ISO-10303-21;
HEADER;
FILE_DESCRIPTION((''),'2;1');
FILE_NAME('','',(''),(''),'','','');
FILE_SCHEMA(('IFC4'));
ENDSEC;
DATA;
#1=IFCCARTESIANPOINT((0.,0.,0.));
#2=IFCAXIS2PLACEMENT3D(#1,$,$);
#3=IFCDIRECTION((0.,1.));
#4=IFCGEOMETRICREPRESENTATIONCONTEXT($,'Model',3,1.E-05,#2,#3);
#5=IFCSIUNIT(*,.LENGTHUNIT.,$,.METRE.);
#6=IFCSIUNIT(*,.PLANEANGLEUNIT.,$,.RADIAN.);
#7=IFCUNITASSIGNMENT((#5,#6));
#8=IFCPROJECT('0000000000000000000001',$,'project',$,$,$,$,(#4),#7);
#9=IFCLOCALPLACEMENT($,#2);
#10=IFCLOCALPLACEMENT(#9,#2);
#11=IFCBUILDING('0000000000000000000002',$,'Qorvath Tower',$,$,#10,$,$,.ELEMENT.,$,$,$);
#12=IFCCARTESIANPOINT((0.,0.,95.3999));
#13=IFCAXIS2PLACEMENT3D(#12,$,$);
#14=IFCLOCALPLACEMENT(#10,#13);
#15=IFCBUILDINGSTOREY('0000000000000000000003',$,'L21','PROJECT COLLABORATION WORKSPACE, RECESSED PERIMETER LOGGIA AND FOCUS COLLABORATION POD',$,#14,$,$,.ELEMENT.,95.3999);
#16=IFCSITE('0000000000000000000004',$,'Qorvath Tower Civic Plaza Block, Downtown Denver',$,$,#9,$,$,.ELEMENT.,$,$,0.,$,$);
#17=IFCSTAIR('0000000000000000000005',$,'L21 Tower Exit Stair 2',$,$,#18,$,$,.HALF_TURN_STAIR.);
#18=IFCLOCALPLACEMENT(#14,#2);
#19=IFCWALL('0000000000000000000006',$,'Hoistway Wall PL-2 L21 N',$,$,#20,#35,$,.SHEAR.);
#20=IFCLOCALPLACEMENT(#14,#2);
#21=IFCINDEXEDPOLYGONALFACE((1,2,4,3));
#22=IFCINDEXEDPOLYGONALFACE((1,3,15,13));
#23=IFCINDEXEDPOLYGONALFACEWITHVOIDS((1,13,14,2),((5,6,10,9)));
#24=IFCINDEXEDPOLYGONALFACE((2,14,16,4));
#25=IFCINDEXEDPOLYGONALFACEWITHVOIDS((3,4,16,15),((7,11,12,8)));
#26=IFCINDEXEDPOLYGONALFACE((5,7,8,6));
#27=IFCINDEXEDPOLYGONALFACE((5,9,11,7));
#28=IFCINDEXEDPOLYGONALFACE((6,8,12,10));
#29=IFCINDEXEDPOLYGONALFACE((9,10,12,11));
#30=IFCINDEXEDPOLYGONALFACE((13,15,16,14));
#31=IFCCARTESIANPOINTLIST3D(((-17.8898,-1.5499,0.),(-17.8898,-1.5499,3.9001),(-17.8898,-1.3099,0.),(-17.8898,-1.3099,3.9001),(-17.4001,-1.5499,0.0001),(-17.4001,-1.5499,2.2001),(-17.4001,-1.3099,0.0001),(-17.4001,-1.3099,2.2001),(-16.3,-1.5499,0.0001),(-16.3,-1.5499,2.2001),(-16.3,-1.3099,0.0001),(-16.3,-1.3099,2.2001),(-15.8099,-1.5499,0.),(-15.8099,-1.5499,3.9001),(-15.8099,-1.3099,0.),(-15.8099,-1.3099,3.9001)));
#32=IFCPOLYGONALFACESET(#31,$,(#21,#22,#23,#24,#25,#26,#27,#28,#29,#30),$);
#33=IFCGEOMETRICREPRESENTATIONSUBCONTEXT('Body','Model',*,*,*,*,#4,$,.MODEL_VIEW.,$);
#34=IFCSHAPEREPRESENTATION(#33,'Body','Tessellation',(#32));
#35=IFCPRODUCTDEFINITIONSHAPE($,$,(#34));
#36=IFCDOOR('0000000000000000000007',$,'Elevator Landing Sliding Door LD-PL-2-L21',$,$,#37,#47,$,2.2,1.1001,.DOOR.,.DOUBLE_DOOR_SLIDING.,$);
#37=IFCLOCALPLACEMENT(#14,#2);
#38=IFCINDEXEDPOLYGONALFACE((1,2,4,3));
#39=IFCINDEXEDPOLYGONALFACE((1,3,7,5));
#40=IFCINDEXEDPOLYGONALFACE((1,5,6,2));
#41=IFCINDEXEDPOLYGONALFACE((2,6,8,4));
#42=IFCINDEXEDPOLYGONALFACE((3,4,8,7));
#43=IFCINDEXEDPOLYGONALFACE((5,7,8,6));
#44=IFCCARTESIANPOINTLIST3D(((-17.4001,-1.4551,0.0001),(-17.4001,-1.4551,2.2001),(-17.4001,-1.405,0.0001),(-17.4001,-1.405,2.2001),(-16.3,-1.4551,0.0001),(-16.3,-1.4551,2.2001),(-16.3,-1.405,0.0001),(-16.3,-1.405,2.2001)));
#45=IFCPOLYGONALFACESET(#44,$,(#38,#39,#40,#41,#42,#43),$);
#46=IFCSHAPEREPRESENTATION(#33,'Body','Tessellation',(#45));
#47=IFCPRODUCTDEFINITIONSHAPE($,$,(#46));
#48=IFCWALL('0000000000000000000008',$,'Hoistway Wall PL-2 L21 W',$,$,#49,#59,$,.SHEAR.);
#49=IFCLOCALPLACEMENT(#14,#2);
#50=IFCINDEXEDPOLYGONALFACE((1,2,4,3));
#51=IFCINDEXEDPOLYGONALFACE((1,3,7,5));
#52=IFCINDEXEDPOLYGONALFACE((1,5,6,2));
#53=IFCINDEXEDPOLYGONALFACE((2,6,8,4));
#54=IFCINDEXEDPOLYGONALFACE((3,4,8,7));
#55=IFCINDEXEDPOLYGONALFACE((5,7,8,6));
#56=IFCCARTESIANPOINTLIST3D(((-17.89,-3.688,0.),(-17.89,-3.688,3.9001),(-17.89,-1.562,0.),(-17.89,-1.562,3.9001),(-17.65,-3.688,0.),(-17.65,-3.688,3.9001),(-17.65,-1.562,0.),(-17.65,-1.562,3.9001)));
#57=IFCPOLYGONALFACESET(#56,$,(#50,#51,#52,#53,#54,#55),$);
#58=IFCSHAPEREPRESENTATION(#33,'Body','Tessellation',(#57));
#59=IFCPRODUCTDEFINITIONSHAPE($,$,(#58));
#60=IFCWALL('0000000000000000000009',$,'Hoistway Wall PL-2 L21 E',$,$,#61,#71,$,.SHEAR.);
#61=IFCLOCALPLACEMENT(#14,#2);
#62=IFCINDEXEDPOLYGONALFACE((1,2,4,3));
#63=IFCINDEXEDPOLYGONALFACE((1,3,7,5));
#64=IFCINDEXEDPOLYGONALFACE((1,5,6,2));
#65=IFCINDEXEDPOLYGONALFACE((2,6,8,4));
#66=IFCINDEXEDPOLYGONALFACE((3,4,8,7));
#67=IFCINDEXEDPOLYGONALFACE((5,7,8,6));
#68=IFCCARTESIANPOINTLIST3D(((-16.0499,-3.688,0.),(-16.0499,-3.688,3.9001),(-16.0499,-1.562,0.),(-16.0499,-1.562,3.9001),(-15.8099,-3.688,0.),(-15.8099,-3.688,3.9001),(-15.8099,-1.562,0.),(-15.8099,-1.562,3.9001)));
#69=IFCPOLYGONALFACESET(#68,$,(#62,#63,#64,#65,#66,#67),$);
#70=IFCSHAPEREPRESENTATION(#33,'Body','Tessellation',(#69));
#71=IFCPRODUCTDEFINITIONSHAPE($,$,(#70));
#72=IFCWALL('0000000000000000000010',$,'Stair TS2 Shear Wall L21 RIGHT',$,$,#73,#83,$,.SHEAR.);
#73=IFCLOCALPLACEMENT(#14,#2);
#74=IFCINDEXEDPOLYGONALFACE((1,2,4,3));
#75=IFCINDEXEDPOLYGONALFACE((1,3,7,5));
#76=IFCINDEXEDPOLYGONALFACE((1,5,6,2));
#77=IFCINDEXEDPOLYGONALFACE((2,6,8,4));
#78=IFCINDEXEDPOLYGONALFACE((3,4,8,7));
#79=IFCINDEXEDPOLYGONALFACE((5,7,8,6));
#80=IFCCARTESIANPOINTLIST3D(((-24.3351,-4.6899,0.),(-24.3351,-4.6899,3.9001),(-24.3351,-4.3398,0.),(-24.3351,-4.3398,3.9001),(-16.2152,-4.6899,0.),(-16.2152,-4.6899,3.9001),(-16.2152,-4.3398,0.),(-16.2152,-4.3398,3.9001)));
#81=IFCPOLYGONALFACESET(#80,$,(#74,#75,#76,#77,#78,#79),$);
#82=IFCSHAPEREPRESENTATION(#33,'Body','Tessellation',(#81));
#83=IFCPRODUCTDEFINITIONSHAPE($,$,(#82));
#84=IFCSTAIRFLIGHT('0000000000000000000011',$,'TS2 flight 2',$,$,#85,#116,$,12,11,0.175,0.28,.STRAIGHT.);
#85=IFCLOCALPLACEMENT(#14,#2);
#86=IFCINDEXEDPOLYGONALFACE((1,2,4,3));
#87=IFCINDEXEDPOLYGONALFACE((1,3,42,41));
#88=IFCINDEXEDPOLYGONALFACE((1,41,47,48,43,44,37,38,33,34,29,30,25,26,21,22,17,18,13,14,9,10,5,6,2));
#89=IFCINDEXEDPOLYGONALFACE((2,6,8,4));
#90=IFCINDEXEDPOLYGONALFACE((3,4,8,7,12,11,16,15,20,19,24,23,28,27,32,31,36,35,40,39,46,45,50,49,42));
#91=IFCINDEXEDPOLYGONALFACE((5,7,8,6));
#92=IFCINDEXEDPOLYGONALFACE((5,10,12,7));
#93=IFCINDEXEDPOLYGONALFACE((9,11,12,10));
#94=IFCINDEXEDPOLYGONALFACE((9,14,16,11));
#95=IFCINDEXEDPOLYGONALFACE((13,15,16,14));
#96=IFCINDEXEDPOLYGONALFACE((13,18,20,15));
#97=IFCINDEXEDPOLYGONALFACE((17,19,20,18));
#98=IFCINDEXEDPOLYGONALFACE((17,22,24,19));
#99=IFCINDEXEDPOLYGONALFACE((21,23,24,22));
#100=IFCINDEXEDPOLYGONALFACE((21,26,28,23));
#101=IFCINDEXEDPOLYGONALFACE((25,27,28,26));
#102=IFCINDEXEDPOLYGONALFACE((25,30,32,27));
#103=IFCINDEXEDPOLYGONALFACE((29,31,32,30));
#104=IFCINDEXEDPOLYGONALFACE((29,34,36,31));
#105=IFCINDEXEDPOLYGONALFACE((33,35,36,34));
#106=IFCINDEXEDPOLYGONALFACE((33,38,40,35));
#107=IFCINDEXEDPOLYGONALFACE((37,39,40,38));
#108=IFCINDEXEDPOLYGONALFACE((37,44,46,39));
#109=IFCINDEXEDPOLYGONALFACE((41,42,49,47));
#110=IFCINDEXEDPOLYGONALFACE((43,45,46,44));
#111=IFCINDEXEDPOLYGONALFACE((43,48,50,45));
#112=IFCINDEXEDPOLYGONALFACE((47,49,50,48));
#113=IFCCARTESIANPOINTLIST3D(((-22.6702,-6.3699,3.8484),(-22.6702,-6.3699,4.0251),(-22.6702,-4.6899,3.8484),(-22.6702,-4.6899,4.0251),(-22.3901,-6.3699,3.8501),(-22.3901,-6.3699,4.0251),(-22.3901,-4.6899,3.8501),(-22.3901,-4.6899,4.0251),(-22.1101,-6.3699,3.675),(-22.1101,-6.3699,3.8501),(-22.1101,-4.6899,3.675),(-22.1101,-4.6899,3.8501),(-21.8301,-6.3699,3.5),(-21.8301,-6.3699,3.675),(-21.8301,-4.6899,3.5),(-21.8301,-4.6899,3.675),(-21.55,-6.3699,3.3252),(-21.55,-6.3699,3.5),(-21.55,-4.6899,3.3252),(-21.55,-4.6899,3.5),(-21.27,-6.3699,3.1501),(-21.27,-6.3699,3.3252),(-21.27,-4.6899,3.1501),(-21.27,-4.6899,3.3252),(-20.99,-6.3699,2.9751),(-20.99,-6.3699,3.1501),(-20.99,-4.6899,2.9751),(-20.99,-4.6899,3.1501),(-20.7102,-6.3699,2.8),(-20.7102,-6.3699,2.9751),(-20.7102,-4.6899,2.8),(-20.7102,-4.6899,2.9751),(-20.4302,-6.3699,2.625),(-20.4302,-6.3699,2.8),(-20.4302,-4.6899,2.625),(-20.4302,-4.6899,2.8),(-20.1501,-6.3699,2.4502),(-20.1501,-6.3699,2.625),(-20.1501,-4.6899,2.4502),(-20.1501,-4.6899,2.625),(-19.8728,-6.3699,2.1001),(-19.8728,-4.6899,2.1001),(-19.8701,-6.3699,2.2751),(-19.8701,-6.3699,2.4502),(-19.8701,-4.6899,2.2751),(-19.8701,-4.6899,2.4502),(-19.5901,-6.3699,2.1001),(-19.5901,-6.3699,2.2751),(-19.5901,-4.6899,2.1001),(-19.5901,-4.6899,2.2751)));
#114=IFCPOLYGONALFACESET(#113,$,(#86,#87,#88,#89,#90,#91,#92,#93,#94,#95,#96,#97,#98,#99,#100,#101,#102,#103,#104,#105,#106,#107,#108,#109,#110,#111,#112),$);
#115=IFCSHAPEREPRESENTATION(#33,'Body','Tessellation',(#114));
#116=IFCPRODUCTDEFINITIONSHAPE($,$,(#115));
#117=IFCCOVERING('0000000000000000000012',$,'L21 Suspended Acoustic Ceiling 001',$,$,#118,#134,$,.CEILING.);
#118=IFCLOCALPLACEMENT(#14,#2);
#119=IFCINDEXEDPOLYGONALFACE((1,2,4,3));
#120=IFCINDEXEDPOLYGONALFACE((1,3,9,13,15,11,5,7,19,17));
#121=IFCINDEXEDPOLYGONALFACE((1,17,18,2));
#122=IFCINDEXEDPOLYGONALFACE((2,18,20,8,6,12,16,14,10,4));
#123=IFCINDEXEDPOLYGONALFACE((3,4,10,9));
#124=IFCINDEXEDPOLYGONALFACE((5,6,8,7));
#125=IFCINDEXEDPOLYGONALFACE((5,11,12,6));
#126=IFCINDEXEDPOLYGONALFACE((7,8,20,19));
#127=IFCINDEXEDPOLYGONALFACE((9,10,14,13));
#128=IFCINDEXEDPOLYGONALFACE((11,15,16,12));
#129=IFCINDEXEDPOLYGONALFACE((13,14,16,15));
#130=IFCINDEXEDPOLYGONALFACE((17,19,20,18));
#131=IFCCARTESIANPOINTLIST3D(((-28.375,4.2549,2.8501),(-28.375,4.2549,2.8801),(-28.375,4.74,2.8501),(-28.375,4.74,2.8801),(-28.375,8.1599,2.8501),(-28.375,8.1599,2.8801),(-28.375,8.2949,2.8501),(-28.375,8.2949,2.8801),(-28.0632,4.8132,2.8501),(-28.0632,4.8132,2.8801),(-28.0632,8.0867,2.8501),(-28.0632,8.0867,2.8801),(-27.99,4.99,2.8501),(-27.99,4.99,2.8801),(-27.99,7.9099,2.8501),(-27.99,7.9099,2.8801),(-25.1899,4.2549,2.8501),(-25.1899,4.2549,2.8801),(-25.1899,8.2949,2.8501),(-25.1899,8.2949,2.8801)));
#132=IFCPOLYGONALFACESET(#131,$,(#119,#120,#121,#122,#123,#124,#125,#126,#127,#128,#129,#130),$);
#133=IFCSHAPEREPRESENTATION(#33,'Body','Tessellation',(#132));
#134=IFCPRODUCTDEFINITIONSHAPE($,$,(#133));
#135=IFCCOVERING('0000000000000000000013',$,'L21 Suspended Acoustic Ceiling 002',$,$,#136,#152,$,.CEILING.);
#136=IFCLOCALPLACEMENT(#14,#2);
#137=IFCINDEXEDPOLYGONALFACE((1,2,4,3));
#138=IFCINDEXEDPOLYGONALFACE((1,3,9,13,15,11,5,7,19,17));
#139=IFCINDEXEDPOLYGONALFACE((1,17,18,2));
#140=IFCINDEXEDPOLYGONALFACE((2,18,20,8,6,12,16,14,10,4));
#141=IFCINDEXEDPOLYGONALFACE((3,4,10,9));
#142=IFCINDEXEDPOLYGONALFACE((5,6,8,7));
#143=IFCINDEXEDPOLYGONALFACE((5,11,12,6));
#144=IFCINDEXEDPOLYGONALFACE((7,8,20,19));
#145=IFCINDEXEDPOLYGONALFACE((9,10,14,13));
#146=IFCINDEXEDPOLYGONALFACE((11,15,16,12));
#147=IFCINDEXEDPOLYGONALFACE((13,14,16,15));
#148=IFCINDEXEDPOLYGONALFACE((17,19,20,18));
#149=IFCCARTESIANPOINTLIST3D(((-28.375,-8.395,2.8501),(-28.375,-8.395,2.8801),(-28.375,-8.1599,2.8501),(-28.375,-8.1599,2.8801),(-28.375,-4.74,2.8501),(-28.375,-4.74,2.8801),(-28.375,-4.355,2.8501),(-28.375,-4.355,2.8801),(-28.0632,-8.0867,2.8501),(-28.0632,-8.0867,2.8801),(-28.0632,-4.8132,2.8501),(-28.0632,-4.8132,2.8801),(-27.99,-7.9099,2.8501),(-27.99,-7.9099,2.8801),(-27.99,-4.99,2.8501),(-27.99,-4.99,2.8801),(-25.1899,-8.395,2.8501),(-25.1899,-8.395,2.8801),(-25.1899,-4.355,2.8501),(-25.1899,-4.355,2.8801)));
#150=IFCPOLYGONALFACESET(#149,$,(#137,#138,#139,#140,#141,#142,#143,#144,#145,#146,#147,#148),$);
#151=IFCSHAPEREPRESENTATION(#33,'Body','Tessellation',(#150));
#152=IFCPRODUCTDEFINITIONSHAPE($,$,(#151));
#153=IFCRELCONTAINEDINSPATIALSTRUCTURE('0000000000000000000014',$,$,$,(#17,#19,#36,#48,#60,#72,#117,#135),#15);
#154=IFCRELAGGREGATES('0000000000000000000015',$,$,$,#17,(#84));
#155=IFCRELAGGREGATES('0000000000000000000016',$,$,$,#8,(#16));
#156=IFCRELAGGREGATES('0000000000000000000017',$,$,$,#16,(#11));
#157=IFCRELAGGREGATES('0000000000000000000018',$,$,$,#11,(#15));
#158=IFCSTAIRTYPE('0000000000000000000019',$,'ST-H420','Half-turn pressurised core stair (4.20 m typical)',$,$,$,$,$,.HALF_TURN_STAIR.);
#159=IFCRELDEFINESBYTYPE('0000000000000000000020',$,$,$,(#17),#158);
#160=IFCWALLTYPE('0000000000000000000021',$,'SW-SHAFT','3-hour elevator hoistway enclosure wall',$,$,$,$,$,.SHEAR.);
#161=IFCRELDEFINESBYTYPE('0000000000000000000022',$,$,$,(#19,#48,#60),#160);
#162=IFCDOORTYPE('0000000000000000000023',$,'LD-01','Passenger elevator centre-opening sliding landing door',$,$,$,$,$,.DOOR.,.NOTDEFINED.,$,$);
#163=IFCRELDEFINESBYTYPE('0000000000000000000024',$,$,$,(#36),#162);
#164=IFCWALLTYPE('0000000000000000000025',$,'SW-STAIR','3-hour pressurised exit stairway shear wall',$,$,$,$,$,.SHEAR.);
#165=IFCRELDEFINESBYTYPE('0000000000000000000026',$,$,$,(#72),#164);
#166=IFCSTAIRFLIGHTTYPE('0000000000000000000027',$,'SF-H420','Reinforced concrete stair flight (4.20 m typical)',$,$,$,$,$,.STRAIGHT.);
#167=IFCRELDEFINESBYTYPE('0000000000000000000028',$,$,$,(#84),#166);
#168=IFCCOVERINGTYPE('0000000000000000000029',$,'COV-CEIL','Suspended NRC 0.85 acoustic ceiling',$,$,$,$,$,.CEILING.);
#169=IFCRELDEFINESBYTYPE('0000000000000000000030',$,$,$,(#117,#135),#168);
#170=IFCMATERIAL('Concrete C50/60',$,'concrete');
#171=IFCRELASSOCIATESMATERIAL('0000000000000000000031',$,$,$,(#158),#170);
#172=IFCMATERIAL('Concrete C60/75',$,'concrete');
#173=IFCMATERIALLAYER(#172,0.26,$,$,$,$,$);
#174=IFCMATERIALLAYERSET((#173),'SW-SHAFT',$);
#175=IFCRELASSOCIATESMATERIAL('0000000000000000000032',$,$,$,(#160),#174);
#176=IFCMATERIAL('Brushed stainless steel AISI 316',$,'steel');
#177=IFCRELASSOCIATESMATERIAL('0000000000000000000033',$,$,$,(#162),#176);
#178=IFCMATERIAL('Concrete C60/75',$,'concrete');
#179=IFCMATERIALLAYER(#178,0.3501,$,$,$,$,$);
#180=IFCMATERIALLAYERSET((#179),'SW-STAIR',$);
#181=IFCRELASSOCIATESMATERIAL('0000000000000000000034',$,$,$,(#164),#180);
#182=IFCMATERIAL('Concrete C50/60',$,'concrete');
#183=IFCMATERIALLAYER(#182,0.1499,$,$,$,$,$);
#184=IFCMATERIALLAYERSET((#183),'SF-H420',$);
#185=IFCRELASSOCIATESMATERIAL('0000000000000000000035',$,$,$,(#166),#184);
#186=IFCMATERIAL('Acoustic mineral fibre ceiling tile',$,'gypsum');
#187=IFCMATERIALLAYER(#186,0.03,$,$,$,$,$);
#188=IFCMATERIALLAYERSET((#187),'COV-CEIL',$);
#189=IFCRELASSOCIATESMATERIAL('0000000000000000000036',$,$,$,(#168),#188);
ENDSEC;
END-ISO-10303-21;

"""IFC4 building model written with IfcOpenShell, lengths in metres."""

from ifc_helpers import new_model, si_unit, direction, frame, frame_2d, origin, place, context, subcontext, project, spatial, polyline, rectangle, outline, extrude, material, layer, layer_set, type_object, element, fill, aggregate, save


model = new_model("IFC4")

# Units and contexts
model_context = context("Model", 3, precision=1e-05, world=origin(), true_north=direction((0.0, 1.0)))
body_context = subcontext(model_context, "Body", "Model", "MODEL_VIEW")
ifc_project = project(units=[si_unit("LENGTHUNIT", "METRE"), si_unit("PLANEANGLEUNIT", "RADIAN")], contexts=[model_context])

# Site, building, storey
site_placement = place(None, origin())
site = spatial("IfcSite", under=ifc_project, at=site_placement, Name="Qorvath Tower Civic Plaza Block, Downtown Denver", CompositionType="ELEMENT", RefElevation=0.0)
building_placement = place(site_placement, origin())
building = spatial("IfcBuilding", under=site, at=building_placement, Name="Qorvath Tower", CompositionType="ELEMENT")
storey_placement = place(building_placement, frame((0.0, 0.0, 95.3999)))
storey = spatial("IfcBuildingStorey", under=building, at=storey_placement, Name="L21", Description="PROJECT COLLABORATION WORKSPACE, RECESSED PERIMETER LOGGIA AND FOCUS COLLABORATION POD", CompositionType="ELEMENT", Elevation=95.3999)

# Stair
ifc_material_1 = material(Name="Concrete C50/60", Category="concrete")
stair_type = type_object("IfcStairType", Name="ST-H420", Description="Half-turn pressurised core stair (4.20 m typical)", PredefinedType="HALF_TURN_STAIR", material=ifc_material_1)
stair_1_placement = place(storey_placement, origin())
stair_1 = element("IfcStair", 1, at=stair_1_placement, inside=storey, type_object=stair_type, Name="L21 Tower Exit Stair 2", PredefinedType="HALF_TURN_STAIR")

# Shared definitions
ifc_material_2 = material(Name="Concrete C60/75", Category="concrete")
ifc_layer_1 = layer(ifc_material_2, 0.26)
ifc_layer_set_1 = layer_set([ifc_layer_1], Name="SW-SHAFT")
wall_type_1 = type_object("IfcWallType", Name="SW-SHAFT", Description="3-hour elevator hoistway enclosure wall", PredefinedType="SHEAR", material=ifc_layer_set_1)

# Wall, opening, door
wall_1_placement = place(storey_placement, frame((-17.8899, -1.4299, 0.0), z_axis=(0.0, 0.0, 1.0), x_axis=(1.0, 0.0, 0.0)))
wall_1 = element("IfcWall", 2, at=wall_1_placement, inside=storey, type_object=wall_type_1, Name="Hoistway Wall PL-2 L21 N", PredefinedType="SHEAR", context=body_context, shape_type="SweptSolid", body=[
    extrude(rectangle(XDim=2.0798, YDim=0.24, at=frame_2d((1.04, 0.0))), origin(), (0.0, 0.0, 1.0), 3.9001),
])
opening_1_placement = place(wall_1_placement, frame((0.4897, 0.0, 0.0)))
opening_1 = element("IfcOpeningElement", 3, at=opening_1_placement, cuts=wall_1, PredefinedType="OPENING", context=body_context, shape_type="SweptSolid", body=[
    extrude(rectangle(XDim=1.1001, YDim=2.2, at=frame_2d((0.55, 1.1001))), frame((0.0, 0.1299, 0.0), z_axis=(0.0, -1.0, 0.0), x_axis=(1.0, 0.0, 0.0)), (0.0, 0.0, 1.0), 0.26),
])
ifc_material_3 = material(Name="Brushed stainless steel AISI 316", Category="steel")
door_type_1 = type_object("IfcDoorType", Name="LD-01", Description="Passenger elevator centre-opening sliding landing door", OperationType="NOTDEFINED", PredefinedType="DOOR", material=ifc_material_3)
door_1_placement = place(opening_1_placement, origin())
door_1 = element("IfcDoor", 4, at=door_1_placement, inside=storey, type_object=door_type_1, Name="Elevator Landing Sliding Door LD-PL-2-L21", OperationType="DOUBLE_DOOR_SLIDING", OverallHeight=2.2, OverallWidth=1.1001, PredefinedType="DOOR", context=body_context, shape_type="SweptSolid", body=[
    extrude(rectangle(XDim=1.1001, YDim=2.2, at=frame_2d((0.55, 1.1001))), frame((0.0, 0.0249, 0.0), z_axis=(0.0, -1.0, 0.0), x_axis=(1.0, 0.0, 0.0)), (0.0, 0.0, 1.0), 0.05),
])
fill(opening_1, door_1)

# Walls
for number, where, z_axis, x_axis, name in (
    (5, (-17.77, -3.688, 0.0), (0.0, 0.0, 1.0), (0.0, 1.0, 0.0), "Hoistway Wall PL-2 L21 W"),
    (6, (-15.9299, -1.562, 0.0), (0.0, 0.0, 1.0), (0.0, -1.0, 0.0), "Hoistway Wall PL-2 L21 E"),
):
    element("IfcWall", number, at=place(storey_placement, frame(where, z_axis=z_axis, x_axis=x_axis)), inside=storey, type_object=wall_type_1, Name=name, PredefinedType="SHEAR", context=body_context, shape_type="SweptSolid", body=[
        extrude(rectangle(XDim=2.126, YDim=0.24, at=frame_2d((1.063, 0.0))), origin(), (0.0, 0.0, 1.0), 3.9001),
    ])
ifc_material_4 = material(Name="Concrete C60/75", Category="concrete")
ifc_layer_2 = layer(ifc_material_4, 0.3501)
ifc_layer_set_2 = layer_set([ifc_layer_2], Name="SW-STAIR")
wall_type_2 = type_object("IfcWallType", Name="SW-STAIR", Description="3-hour pressurised exit stairway shear wall", PredefinedType="SHEAR", material=ifc_layer_set_2)
wall_2_placement = place(storey_placement, frame((-16.2151, -4.5149, 0.0), z_axis=(0.0, 0.0, 1.0), x_axis=(-1.0, 0.0, 0.0)))
element("IfcWall", 7, at=wall_2_placement, inside=storey, type_object=wall_type_2, Name="Stair TS2 Shear Wall L21 RIGHT", PredefinedType="SHEAR", context=body_context, shape_type="SweptSolid", body=[
    extrude(rectangle(XDim=8.1199, YDim=0.3501, at=frame_2d((4.0601, 0.0))), origin(), (0.0, 0.0, 1.0), 3.9001),
])

# Stair flight
ifc_material_5 = material(Name="Concrete C50/60", Category="concrete")
ifc_layer_3 = layer(ifc_material_5, 0.1499)
ifc_layer_set_3 = layer_set([ifc_layer_3], Name="SF-H420")
stair_flight_type = type_object("IfcStairFlightType", Name="SF-H420", Description="Reinforced concrete stair flight (4.20 m typical)", PredefinedType="STRAIGHT", material=ifc_layer_set_3)
stair_flight_placement = place(storey_placement, frame((-19.5901, -5.53, 2.1001), z_axis=(0.0, 0.0, 1.0), x_axis=(-1.0, 0.0, 0.0)))
stair_flight = element("IfcStairFlight", 8, at=stair_flight_placement, type_object=stair_flight_type, Name="TS2 flight 2", NumberOfRisers=12, NumberOfTreads=11, PredefinedType="STRAIGHT", RiserHeight=0.175, TreadLength=0.28, context=body_context, shape_type="SweptSolid", body=[
    extrude(outline(polyline([(0.0, 0.0), (0.0, 0.175), (0.28, 0.175), (0.28, 0.3501), (0.5601, 0.3501), (0.5601, 0.5249), (0.8401, 0.5249), (0.8401, 0.7), (1.1201, 0.7), (1.1201, 0.875), (1.3999, 0.875), (1.3999, 1.05), (1.6799, 1.05), (1.6799, 1.2251), (1.96, 1.2251), (1.96, 1.3999), (2.24, 1.3999), (2.24, 1.575), (2.52, 1.575), (2.52, 1.75), (2.8, 1.75), (2.8, 1.925), (3.0801, 1.925), (3.0801, 2.1001), (3.0801, 1.7483), (0.2827, 0.0), (0.0, 0.0)])), frame((0.0, 0.8398, 0.0), z_axis=(0.0, -1.0, 0.0), x_axis=(1.0, 0.0, 0.0)), (0.0, 0.0, 1.0), 1.6799),
])
aggregate(stair_1, [stair_flight])

# Coverings
ifc_material_6 = material(Name="Acoustic mineral fibre ceiling tile", Category="gypsum")
ifc_layer_4 = layer(ifc_material_6, 0.03)
ifc_layer_set_4 = layer_set([ifc_layer_4], Name="COV-CEIL")
covering_type_1 = type_object("IfcCoveringType", Name="COV-CEIL", Description="Suspended NRC 0.85 acoustic ceiling", PredefinedType="CEILING", material=ifc_layer_set_4)
covering_1_placement = place(storey_placement, frame((0.0, 0.0, 2.8501)))
element("IfcCovering", 9, at=covering_1_placement, inside=storey, type_object=covering_type_1, Name="L21 Suspended Acoustic Ceiling 001", PredefinedType="CEILING", context=body_context, shape_type="SweptSolid", body=[
    extrude(outline(polyline([(-25.1899, 4.2549), (-25.1899, 8.2949), (-28.375, 8.2949), (-28.375, 8.1599), (-28.0632, 8.0867), (-27.99, 7.9099), (-27.99, 4.99), (-28.0632, 4.8132), (-28.375, 4.74), (-28.375, 4.2549), (-25.1899, 4.2549)])), origin(), (0.0, 0.0, 1.0), 0.03),
])
covering_2_placement = place(storey_placement, frame((0.0, 0.0, 2.8501)))
element("IfcCovering", 10, at=covering_2_placement, inside=storey, type_object=covering_type_1, Name="L21 Suspended Acoustic Ceiling 002", PredefinedType="CEILING", context=body_context, shape_type="SweptSolid", body=[
    extrude(outline(polyline([(-25.1899, -8.395), (-25.1899, -4.355), (-28.375, -4.355), (-28.375, -4.74), (-28.0632, -4.8132), (-27.99, -4.99), (-27.99, -7.9099), (-28.0632, -8.0867), (-28.375, -8.1599), (-28.375, -8.395), (-25.1899, -8.395)])), origin(), (0.0, 0.0, 1.0), 0.03),
])

save(model, "model.ifc")
